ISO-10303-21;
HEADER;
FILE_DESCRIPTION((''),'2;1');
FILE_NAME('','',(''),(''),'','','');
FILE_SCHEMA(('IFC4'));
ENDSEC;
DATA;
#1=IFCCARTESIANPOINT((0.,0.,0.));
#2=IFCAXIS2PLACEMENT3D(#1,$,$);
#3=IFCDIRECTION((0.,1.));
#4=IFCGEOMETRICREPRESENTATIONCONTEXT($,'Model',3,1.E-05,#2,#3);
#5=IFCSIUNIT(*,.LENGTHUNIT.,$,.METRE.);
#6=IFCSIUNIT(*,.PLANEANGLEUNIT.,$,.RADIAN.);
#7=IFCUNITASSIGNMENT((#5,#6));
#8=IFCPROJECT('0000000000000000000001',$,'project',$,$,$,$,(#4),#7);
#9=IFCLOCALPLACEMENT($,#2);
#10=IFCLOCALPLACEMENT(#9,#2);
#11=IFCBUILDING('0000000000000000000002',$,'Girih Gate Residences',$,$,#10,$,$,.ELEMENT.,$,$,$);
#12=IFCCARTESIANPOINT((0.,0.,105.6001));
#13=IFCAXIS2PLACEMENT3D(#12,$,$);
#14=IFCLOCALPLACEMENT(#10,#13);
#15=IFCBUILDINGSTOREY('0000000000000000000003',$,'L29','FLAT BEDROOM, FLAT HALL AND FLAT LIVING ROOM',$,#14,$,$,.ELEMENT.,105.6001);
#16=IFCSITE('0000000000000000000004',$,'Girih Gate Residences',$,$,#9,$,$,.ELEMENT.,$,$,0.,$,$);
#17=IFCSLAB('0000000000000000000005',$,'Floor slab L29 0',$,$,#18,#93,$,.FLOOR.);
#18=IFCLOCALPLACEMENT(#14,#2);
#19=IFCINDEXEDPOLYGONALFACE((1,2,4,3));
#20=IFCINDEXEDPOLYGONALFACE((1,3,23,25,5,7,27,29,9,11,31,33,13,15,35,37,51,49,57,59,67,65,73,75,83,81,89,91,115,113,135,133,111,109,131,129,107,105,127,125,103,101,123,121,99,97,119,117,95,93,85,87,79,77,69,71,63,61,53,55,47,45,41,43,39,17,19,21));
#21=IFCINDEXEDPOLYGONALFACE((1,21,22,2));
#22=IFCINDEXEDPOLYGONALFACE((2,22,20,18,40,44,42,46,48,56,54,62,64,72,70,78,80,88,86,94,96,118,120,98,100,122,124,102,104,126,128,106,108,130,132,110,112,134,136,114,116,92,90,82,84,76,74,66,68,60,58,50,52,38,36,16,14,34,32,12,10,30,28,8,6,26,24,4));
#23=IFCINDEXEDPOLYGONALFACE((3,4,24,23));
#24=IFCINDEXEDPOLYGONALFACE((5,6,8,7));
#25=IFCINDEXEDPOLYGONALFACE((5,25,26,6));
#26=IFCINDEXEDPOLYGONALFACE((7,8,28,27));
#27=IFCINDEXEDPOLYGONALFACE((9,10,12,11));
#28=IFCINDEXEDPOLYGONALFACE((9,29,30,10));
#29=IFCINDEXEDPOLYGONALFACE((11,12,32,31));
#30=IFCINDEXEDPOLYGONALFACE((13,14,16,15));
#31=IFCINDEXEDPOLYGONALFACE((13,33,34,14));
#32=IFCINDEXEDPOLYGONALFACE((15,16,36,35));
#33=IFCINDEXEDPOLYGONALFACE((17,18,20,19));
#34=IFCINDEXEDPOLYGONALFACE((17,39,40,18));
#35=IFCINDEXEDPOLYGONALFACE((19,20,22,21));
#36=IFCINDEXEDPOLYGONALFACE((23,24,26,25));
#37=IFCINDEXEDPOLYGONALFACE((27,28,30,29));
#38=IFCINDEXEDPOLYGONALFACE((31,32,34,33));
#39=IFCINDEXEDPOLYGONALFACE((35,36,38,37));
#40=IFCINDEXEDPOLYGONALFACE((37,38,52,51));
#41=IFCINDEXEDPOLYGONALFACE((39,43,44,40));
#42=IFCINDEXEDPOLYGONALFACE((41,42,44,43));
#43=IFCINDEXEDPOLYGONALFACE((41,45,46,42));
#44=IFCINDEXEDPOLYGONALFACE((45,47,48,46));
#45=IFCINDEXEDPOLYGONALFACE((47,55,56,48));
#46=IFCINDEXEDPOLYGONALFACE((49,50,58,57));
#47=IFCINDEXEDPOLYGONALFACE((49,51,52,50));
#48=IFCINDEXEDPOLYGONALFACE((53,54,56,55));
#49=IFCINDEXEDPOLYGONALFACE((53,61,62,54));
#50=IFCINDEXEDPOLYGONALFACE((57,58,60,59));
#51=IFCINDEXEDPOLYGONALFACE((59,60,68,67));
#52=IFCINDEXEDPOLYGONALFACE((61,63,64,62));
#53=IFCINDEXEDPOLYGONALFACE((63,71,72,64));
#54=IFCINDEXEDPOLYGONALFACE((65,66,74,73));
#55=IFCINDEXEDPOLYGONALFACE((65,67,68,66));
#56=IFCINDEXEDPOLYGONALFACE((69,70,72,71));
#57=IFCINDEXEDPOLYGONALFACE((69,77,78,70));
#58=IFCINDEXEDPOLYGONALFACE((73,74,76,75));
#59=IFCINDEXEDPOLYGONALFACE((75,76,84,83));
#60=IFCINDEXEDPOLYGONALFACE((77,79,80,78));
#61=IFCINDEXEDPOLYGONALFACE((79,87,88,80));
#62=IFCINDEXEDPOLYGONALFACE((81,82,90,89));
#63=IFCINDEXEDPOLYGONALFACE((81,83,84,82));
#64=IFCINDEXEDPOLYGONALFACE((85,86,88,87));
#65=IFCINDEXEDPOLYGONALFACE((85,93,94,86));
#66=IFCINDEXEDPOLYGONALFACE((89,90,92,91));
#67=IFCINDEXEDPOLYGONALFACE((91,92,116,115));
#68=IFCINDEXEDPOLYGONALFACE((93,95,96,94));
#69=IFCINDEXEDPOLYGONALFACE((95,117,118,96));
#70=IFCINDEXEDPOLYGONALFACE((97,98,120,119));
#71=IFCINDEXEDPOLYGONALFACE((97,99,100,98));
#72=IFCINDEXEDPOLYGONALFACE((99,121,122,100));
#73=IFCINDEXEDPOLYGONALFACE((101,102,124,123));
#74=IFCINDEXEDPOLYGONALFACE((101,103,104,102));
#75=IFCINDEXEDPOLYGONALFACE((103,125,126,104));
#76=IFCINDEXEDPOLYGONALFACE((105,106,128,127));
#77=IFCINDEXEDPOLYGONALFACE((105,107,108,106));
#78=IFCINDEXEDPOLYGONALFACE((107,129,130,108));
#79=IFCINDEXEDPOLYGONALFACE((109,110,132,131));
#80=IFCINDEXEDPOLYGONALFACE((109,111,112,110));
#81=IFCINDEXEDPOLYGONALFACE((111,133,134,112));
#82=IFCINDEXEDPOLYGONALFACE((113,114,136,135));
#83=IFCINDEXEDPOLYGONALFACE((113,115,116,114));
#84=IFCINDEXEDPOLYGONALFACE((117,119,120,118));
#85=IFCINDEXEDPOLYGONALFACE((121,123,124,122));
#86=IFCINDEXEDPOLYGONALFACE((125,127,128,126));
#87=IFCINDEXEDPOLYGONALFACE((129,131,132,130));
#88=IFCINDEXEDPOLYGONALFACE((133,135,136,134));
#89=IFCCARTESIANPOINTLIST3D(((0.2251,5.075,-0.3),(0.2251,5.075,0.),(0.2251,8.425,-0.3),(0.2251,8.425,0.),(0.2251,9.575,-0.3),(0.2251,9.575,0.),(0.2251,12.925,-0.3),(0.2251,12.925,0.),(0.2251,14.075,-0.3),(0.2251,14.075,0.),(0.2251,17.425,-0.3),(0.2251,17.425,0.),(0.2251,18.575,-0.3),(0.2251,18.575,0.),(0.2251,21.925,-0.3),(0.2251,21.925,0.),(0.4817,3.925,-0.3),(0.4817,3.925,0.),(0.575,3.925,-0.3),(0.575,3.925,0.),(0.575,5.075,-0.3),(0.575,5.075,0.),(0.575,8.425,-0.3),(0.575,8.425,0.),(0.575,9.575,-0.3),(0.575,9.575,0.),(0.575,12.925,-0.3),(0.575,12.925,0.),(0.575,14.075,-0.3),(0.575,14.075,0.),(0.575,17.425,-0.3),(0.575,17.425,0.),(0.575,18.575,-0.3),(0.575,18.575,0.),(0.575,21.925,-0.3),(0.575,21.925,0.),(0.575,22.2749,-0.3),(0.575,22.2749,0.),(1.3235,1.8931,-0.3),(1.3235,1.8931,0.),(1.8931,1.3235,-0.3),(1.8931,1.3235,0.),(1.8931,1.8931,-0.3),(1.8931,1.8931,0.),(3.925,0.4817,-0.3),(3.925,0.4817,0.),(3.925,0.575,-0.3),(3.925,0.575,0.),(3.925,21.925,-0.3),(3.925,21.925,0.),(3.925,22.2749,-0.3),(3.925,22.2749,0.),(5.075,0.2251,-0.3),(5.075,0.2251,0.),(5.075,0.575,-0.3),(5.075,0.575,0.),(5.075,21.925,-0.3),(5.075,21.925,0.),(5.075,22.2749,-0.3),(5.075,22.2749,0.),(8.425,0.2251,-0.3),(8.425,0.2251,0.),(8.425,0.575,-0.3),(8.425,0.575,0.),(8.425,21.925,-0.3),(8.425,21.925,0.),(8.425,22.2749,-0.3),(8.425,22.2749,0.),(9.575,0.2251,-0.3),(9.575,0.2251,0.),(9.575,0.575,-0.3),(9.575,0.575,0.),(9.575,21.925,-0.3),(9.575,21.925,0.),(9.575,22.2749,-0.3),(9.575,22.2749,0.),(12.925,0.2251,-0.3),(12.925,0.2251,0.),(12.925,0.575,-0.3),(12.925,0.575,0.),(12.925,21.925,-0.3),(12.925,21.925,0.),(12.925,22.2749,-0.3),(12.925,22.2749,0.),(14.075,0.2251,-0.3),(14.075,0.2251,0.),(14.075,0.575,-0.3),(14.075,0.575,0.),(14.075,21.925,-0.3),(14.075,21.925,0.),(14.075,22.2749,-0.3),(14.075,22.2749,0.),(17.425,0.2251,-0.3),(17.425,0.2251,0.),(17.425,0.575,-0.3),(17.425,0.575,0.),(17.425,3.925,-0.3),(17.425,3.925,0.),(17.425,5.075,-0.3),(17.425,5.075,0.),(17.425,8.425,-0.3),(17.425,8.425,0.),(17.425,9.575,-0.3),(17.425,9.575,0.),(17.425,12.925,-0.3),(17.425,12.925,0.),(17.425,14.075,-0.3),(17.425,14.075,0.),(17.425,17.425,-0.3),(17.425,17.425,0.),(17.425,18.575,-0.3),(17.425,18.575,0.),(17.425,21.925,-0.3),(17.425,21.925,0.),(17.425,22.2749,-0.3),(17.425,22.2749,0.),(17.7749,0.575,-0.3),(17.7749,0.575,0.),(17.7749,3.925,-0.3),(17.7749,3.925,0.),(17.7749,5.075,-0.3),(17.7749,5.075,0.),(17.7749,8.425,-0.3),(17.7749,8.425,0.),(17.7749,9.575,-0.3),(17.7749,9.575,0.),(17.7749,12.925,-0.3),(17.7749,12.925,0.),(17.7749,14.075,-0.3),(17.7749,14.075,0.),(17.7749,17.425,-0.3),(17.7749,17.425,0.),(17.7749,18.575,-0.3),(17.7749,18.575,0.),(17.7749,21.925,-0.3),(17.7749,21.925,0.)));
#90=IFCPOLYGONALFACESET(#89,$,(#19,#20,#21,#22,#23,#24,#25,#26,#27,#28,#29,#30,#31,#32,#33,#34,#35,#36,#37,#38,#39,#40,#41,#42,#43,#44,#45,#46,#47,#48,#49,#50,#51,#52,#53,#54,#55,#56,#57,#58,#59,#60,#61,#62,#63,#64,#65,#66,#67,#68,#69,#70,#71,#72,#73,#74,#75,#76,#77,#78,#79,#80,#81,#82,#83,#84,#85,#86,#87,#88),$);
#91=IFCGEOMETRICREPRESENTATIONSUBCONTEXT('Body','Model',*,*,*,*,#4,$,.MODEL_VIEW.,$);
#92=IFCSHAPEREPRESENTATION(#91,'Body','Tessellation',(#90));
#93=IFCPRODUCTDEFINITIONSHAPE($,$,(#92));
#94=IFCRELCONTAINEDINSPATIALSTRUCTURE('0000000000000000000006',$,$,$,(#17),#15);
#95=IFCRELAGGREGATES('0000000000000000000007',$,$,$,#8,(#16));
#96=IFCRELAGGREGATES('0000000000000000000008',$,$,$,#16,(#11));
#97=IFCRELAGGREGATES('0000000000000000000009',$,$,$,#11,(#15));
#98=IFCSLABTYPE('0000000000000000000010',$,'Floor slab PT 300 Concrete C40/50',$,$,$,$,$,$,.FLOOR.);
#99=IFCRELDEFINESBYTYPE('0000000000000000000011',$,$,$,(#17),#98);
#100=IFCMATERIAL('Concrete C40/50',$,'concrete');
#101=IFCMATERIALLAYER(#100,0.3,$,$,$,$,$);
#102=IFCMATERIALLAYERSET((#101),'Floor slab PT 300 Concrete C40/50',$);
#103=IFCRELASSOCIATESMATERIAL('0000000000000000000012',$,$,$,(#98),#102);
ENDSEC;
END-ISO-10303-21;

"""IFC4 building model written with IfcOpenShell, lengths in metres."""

from ifc_helpers import new_model, si_unit, direction, frame, origin, place, context, subcontext, project, spatial, polyline, outline, extrude, material, layer, layer_set, type_object, element, save


model = new_model("IFC4")

# Units and contexts
model_context = context("Model", 3, precision=1e-05, world=origin(), true_north=direction((0.0, 1.0)))
body_context = subcontext(model_context, "Body", "Model", "MODEL_VIEW")
ifc_project = project(units=[si_unit("LENGTHUNIT", "METRE"), si_unit("PLANEANGLEUNIT", "RADIAN")], contexts=[model_context])

# Site, building, storey
site_placement = place(None, origin())
site = spatial("IfcSite", under=ifc_project, at=site_placement, Name="Girih Gate Residences", CompositionType="ELEMENT", RefElevation=0.0)
building_placement = place(site_placement, origin())
building = spatial("IfcBuilding", under=site, at=building_placement, Name="Girih Gate Residences", CompositionType="ELEMENT")
storey_placement = place(building_placement, frame((0.0, 0.0, 105.6001)))
storey = spatial("IfcBuildingStorey", under=building, at=storey_placement, Name="L29", Description="FLAT BEDROOM, FLAT HALL AND FLAT LIVING ROOM", CompositionType="ELEMENT", Elevation=105.6001)

# Slab
ifc_material_1 = material(Name="Concrete C40/50", Category="concrete")
ifc_layer_1 = layer(ifc_material_1, 0.3)
ifc_layer_set_1 = layer_set([ifc_layer_1], Name="Floor slab PT 300 Concrete C40/50")
slab_type_1 = type_object("IfcSlabType", Name="Floor slab PT 300 Concrete C40/50", PredefinedType="FLOOR", material=ifc_layer_set_1)
slab_1_placement = place(storey_placement, frame((0.0, 0.0, -0.3)))
element("IfcSlab", 1, at=slab_1_placement, inside=storey, type_object=slab_type_1, Name="Floor slab L29 0", PredefinedType="FLOOR", context=body_context, shape_type="SweptSolid", body=[
    extrude(outline(polyline([(0.2251, 8.425), (0.2251, 5.075), (0.575, 5.075), (0.575, 3.925), (0.4817, 3.925), (1.3235, 1.8931), (1.8931, 1.8931), (1.8931, 1.3235), (3.925, 0.4817), (3.925, 0.575), (5.075, 0.575), (5.075, 0.2251), (8.425, 0.2251), (8.425, 0.575), (9.575, 0.575), (9.575, 0.2251), (12.925, 0.2251), (12.925, 0.575), (14.075, 0.575), (14.075, 0.2251), (17.425, 0.2251), (17.425, 0.575), (17.7749, 0.575), (17.7749, 3.925), (17.425, 3.925), (17.425, 5.075), (17.7749, 5.075), (17.7749, 8.425), (17.425, 8.425), (17.425, 9.575), (17.7749, 9.575), (17.7749, 12.925), (17.425, 12.925), (17.425, 14.075), (17.7749, 14.075), (17.7749, 17.425), (17.425, 17.425), (17.425, 18.575), (17.7749, 18.575), (17.7749, 21.925), (17.425, 21.925), (17.425, 22.2749), (14.075, 22.2749), (14.075, 21.925), (12.925, 21.925), (12.925, 22.2749), (9.575, 22.2749), (9.575, 21.925), (8.425, 21.925), (8.425, 22.2749), (5.075, 22.2749), (5.075, 21.925), (3.925, 21.925), (3.925, 22.2749), (0.575, 22.2749), (0.575, 21.925), (0.2251, 21.925), (0.2251, 18.575), (0.575, 18.575), (0.575, 17.425), (0.2251, 17.425), (0.2251, 14.075), (0.575, 14.075), (0.575, 12.925), (0.2251, 12.925), (0.2251, 9.575), (0.575, 9.575), (0.575, 8.425), (0.2251, 8.425)])), origin(), (0.0, 0.0, 1.0), 0.3),
])

save(model, "model.ifc")
